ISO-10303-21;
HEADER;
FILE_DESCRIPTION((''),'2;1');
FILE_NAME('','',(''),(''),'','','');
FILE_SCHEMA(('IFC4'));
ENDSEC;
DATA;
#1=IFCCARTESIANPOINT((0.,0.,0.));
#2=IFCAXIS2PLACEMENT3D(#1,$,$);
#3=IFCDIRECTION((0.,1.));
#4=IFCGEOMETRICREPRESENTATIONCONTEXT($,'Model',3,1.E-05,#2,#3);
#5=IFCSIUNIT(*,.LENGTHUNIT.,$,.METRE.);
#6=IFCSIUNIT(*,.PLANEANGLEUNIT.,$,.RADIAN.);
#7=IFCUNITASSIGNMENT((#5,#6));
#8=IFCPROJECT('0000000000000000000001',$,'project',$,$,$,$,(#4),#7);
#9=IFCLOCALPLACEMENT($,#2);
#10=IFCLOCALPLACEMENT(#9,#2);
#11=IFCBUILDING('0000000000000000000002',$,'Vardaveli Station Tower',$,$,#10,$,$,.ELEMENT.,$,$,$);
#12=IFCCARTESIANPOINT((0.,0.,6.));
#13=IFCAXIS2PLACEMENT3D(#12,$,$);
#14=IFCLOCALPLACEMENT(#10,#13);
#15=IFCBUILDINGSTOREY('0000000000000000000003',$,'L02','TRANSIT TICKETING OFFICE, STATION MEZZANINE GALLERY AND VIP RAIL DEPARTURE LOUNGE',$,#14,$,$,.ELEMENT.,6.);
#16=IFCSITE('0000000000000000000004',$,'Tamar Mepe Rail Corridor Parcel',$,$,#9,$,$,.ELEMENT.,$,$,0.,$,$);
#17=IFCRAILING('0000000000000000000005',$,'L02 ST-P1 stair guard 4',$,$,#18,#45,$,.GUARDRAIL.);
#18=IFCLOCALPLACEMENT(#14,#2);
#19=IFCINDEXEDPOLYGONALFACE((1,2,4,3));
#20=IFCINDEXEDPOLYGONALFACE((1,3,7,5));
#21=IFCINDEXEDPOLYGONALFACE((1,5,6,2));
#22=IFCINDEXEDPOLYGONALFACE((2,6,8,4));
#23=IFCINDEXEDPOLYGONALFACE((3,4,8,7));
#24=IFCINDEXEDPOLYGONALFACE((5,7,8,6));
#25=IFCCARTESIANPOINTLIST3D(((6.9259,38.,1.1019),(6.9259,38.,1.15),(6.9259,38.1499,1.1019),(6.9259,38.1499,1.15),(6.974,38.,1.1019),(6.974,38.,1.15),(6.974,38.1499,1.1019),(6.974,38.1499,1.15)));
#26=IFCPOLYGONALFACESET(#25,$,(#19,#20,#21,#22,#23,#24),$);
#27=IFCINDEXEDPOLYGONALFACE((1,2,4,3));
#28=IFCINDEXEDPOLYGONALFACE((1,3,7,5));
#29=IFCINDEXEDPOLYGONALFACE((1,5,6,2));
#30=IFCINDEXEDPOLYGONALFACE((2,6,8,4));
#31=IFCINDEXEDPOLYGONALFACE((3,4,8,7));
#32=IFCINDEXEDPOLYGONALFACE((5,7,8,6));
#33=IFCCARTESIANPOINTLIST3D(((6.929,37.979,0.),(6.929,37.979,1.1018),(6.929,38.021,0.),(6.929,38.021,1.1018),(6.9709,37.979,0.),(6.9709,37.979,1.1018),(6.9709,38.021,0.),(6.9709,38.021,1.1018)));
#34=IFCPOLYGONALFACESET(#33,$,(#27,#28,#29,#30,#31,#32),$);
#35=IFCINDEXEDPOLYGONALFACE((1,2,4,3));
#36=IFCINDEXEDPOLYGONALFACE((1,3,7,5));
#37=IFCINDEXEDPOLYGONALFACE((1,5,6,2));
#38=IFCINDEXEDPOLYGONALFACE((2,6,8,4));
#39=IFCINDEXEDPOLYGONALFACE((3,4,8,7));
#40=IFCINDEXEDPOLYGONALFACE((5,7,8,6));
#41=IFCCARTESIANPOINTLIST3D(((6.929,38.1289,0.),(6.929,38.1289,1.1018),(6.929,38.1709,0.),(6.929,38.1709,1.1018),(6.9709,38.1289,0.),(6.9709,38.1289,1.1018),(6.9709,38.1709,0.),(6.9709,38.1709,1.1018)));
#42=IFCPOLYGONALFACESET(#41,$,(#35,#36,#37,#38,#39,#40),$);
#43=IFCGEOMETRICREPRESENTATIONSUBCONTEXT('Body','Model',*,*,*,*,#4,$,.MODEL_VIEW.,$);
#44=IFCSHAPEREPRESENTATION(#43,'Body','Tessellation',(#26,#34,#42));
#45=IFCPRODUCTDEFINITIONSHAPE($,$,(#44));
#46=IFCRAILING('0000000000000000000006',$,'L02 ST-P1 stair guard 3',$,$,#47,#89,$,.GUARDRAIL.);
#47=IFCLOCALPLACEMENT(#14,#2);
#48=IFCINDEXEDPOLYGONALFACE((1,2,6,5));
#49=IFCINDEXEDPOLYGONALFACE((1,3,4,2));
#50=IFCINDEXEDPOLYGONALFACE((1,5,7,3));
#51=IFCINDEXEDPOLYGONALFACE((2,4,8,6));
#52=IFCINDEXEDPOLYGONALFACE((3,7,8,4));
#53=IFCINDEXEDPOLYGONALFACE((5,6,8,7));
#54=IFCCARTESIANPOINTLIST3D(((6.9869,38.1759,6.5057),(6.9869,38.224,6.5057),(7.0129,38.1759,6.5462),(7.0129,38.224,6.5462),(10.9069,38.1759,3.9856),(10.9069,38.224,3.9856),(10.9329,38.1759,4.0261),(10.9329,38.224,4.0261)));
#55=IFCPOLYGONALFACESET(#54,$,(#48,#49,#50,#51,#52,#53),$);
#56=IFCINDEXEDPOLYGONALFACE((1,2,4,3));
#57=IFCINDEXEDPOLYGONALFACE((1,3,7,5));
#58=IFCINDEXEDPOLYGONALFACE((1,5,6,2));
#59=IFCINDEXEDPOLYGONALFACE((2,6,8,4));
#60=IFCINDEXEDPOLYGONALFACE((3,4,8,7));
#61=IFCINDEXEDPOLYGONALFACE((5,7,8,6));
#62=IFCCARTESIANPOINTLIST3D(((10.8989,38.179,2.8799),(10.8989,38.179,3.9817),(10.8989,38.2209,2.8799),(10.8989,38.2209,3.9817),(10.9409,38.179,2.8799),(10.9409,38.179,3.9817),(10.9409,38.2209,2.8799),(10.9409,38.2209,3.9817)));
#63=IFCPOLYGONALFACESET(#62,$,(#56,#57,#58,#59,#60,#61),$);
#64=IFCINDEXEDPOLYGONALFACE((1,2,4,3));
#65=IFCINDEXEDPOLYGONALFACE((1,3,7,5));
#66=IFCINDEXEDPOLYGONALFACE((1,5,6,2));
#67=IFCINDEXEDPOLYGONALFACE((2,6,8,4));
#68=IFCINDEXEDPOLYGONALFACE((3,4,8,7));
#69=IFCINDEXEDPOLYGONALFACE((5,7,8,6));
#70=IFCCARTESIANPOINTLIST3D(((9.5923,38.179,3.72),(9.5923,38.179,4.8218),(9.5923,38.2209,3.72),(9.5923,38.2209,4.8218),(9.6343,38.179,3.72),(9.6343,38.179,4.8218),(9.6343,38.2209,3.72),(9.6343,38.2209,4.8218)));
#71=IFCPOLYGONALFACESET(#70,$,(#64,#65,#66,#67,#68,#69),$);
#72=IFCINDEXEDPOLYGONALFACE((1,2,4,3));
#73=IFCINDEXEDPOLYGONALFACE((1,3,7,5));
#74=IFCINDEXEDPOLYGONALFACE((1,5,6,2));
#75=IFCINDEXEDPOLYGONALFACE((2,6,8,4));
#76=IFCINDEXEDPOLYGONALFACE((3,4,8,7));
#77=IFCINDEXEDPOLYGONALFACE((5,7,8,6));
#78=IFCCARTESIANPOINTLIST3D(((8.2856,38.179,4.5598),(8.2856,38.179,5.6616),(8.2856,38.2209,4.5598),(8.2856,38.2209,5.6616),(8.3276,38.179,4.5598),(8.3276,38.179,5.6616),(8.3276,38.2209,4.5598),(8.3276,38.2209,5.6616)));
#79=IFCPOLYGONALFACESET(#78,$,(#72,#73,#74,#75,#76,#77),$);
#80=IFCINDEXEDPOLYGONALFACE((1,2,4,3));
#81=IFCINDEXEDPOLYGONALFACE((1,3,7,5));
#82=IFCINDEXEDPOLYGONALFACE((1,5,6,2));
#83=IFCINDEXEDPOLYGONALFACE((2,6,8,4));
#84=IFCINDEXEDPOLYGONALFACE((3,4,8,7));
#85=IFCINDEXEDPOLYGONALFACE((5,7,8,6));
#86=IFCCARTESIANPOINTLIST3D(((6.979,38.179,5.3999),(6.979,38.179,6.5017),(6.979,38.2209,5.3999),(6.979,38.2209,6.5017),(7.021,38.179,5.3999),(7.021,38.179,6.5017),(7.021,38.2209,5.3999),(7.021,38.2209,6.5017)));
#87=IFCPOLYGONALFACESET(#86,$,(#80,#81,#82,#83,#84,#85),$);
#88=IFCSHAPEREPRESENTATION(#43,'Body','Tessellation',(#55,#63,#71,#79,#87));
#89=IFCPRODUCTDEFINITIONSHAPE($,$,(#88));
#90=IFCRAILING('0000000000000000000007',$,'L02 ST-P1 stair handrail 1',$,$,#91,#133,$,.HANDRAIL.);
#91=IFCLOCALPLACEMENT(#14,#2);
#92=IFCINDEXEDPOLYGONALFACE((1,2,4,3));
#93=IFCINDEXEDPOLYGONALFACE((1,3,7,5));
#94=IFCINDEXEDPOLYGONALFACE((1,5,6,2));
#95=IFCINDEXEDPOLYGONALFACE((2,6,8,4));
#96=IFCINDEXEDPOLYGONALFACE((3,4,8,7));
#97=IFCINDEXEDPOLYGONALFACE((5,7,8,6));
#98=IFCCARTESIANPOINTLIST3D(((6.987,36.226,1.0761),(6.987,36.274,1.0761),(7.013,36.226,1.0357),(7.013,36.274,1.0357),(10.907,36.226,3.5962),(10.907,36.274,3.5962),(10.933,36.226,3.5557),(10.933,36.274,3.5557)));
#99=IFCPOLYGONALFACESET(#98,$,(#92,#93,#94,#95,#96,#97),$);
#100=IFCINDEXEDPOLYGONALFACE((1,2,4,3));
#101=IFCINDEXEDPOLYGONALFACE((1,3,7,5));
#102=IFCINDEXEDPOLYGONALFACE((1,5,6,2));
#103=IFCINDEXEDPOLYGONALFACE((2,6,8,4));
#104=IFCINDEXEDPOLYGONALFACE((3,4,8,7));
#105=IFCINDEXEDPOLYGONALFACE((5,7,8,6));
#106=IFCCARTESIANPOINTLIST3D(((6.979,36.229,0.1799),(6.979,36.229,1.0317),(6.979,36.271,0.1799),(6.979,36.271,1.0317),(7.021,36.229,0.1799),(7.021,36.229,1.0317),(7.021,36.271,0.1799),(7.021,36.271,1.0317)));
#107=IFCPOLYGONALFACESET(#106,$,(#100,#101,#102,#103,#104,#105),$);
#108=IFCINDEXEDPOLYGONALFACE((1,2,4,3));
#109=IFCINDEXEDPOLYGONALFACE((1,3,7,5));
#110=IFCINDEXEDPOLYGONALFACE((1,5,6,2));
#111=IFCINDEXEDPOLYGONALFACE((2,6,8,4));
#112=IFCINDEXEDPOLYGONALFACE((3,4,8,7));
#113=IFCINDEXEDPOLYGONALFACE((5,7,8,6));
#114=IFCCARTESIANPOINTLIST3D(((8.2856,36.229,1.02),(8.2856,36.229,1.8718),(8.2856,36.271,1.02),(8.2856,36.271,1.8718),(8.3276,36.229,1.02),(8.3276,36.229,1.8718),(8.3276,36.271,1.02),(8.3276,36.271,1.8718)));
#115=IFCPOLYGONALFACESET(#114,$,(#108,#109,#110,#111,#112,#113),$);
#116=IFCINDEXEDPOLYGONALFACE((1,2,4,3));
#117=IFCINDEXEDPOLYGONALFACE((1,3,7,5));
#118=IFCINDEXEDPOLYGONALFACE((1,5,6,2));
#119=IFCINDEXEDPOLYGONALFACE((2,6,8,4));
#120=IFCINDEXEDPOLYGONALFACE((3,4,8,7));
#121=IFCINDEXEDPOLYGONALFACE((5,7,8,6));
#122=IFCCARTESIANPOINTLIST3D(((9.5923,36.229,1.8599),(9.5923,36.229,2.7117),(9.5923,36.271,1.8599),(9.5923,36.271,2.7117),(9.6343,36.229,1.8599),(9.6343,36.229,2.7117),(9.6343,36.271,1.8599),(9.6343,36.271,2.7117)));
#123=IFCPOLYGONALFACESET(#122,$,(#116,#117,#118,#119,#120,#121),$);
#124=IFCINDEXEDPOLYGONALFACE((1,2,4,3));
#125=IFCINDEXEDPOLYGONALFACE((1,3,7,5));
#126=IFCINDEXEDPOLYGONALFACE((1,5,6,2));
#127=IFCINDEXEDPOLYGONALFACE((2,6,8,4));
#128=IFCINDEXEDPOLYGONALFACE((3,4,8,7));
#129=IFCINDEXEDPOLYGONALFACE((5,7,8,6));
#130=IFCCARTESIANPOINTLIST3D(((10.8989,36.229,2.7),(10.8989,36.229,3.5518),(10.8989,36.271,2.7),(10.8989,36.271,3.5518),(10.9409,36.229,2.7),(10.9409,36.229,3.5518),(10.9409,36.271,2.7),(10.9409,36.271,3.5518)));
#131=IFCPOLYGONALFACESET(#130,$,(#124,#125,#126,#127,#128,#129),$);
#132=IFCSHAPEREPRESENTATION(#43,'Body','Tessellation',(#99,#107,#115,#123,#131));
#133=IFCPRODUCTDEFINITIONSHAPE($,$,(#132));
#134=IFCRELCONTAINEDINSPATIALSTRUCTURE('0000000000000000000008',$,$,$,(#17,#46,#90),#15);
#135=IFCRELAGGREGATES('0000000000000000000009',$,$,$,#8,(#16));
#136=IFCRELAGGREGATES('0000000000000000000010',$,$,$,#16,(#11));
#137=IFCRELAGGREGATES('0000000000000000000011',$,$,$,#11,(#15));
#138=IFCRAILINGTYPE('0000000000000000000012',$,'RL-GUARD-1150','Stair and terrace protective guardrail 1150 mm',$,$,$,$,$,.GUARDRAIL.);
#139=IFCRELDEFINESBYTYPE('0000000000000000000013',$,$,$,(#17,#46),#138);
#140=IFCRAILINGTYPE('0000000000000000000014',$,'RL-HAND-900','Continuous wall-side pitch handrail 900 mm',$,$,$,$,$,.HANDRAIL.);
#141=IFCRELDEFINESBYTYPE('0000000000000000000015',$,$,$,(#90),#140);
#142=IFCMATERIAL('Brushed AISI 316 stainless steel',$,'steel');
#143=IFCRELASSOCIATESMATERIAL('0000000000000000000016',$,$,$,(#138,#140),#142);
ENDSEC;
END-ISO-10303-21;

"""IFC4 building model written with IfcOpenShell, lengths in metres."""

from ifc_helpers import new_model, si_unit, direction, frame, origin, origin_2d, place, context, subcontext, project, spatial, rectangle, extrude, source, transform, mapped, material, type_object, element, save


model = new_model("IFC4")

# Units and contexts
model_context = context("Model", 3, precision=1e-05, world=origin(), true_north=direction((0.0, 1.0)))
body_context = subcontext(model_context, "Body", "Model", "MODEL_VIEW")
ifc_project = project(units=[si_unit("LENGTHUNIT", "METRE"), si_unit("PLANEANGLEUNIT", "RADIAN")], contexts=[model_context])

# Site, building, storey
site_placement = place(None, origin())
site = spatial("IfcSite", under=ifc_project, at=site_placement, Name="Tamar Mepe Rail Corridor Parcel", CompositionType="ELEMENT", RefElevation=0.0)
building_placement = place(site_placement, origin())
building = spatial("IfcBuilding", under=site, at=building_placement, Name="Vardaveli Station Tower", CompositionType="ELEMENT")
storey_placement = place(building_placement, frame((0.0, 0.0, 6.0)))
storey = spatial("IfcBuildingStorey", under=building, at=storey_placement, Name="L02", Description="TRANSIT TICKETING OFFICE, STATION MEZZANINE GALLERY AND VIP RAIL DEPARTURE LOUNGE", CompositionType="ELEMENT", Elevation=6.0)

# Railings
ifc_material_1 = material(Name="Brushed AISI 316 stainless steel", Category="steel")
railing_type_1 = type_object("IfcRailingType", Name="RL-GUARD-1150", Description="Stair and terrace protective guardrail 1150 mm", PredefinedType="GUARDRAIL", material=ifc_material_1)
shared_shape_1 = source(origin(), body_context, "Body", "SweptSolid", [
    extrude(rectangle(XDim=0.0481, YDim=0.0481, at=origin_2d()), frame((0.0, 0.0, 1.126), z_axis=(0.0, 1.0, 0.0), x_axis=(-1.0, 0.0, 0.0)), (0.0, 0.0, 1.0), 0.1499),
    extrude(rectangle(XDim=0.042, YDim=0.042, at=origin_2d()), origin(), (0.0, 0.0, 1.0), 1.1018),
    extrude(rectangle(XDim=0.042, YDim=0.042, at=origin_2d()), frame((0.0, 0.1499, 0.0)), (0.0, 0.0, 1.0), 1.1018),
])
railing_1_placement = place(storey_placement, frame((6.95, 38.0, 0.0)))
element("IfcRailing", 1, at=railing_1_placement, inside=storey, type_object=railing_type_1, Name="L02 ST-P1 stair guard 4", PredefinedType="GUARDRAIL", context=body_context, shape_type="MappedRepresentation", body=[
    mapped(shared_shape_1, transform((0.0, 0.0, 0.0), scale=1.0)),
])
shared_shape_2 = source(origin(), body_context, "Body", "SweptSolid", [
    extrude(rectangle(XDim=0.0481, YDim=0.0481, at=origin_2d()), frame((0.0, 0.0, 1.126), z_axis=(-0.841172, 0.0, 0.540768), x_axis=(0.0, -1.0, 0.0)), (0.0, 0.0, 1.0), 4.6602),
    extrude(rectangle(XDim=0.042, YDim=0.042, at=origin_2d()), origin(), (0.0, 0.0, 1.0), 1.1018),
    extrude(rectangle(XDim=0.042, YDim=0.042, at=origin_2d()), frame((-1.3066, 0.0, 0.8401)), (0.0, 0.0, 1.0), 1.1018),
    extrude(rectangle(XDim=0.042, YDim=0.042, at=origin_2d()), frame((-2.6133, 0.0, 1.6799)), (0.0, 0.0, 1.0), 1.1018),
    extrude(rectangle(XDim=0.042, YDim=0.042, at=origin_2d()), frame((-3.9199, 0.0, 2.52)), (0.0, 0.0, 1.0), 1.1018),
])
railing_2_placement = place(storey_placement, frame((10.9199, 38.2, 2.8799)))
element("IfcRailing", 2, at=railing_2_placement, inside=storey, type_object=railing_type_1, Name="L02 ST-P1 stair guard 3", PredefinedType="GUARDRAIL", context=body_context, shape_type="MappedRepresentation", body=[
    mapped(shared_shape_2, transform((0.0, 0.0, 0.0), scale=1.0)),
])
railing_type_2 = type_object("IfcRailingType", Name="RL-HAND-900", Description="Continuous wall-side pitch handrail 900 mm", PredefinedType="HANDRAIL", material=ifc_material_1)
shared_shape_3 = source(origin(), body_context, "Body", "SweptSolid", [
    extrude(rectangle(XDim=0.0481, YDim=0.0481, at=origin_2d()), frame((0.0, 0.0, 0.876), z_axis=(0.841172, 0.0, 0.540768), x_axis=(0.0, 1.0, 0.0)), (0.0, 0.0, 1.0), 4.6602),
    extrude(rectangle(XDim=0.042, YDim=0.042, at=origin_2d()), origin(), (0.0, 0.0, 1.0), 0.8518),
    extrude(rectangle(XDim=0.042, YDim=0.042, at=origin_2d()), frame((1.3066, 0.0, 0.8401)), (0.0, 0.0, 1.0), 0.8518),
    extrude(rectangle(XDim=0.042, YDim=0.042, at=origin_2d()), frame((2.6133, 0.0, 1.6799)), (0.0, 0.0, 1.0), 0.8518),
    extrude(rectangle(XDim=0.042, YDim=0.042, at=origin_2d()), frame((3.9199, 0.0, 2.52)), (0.0, 0.0, 1.0), 0.8518),
])
railing_3_placement = place(storey_placement, frame((7.0, 36.25, 0.1799)))
element("IfcRailing", 3, at=railing_3_placement, inside=storey, type_object=railing_type_2, Name="L02 ST-P1 stair handrail 1", PredefinedType="HANDRAIL", context=body_context, shape_type="MappedRepresentation", body=[
    mapped(shared_shape_3, transform((0.0, 0.0, 0.0), scale=1.0)),
])

save(model, "model.ifc")
